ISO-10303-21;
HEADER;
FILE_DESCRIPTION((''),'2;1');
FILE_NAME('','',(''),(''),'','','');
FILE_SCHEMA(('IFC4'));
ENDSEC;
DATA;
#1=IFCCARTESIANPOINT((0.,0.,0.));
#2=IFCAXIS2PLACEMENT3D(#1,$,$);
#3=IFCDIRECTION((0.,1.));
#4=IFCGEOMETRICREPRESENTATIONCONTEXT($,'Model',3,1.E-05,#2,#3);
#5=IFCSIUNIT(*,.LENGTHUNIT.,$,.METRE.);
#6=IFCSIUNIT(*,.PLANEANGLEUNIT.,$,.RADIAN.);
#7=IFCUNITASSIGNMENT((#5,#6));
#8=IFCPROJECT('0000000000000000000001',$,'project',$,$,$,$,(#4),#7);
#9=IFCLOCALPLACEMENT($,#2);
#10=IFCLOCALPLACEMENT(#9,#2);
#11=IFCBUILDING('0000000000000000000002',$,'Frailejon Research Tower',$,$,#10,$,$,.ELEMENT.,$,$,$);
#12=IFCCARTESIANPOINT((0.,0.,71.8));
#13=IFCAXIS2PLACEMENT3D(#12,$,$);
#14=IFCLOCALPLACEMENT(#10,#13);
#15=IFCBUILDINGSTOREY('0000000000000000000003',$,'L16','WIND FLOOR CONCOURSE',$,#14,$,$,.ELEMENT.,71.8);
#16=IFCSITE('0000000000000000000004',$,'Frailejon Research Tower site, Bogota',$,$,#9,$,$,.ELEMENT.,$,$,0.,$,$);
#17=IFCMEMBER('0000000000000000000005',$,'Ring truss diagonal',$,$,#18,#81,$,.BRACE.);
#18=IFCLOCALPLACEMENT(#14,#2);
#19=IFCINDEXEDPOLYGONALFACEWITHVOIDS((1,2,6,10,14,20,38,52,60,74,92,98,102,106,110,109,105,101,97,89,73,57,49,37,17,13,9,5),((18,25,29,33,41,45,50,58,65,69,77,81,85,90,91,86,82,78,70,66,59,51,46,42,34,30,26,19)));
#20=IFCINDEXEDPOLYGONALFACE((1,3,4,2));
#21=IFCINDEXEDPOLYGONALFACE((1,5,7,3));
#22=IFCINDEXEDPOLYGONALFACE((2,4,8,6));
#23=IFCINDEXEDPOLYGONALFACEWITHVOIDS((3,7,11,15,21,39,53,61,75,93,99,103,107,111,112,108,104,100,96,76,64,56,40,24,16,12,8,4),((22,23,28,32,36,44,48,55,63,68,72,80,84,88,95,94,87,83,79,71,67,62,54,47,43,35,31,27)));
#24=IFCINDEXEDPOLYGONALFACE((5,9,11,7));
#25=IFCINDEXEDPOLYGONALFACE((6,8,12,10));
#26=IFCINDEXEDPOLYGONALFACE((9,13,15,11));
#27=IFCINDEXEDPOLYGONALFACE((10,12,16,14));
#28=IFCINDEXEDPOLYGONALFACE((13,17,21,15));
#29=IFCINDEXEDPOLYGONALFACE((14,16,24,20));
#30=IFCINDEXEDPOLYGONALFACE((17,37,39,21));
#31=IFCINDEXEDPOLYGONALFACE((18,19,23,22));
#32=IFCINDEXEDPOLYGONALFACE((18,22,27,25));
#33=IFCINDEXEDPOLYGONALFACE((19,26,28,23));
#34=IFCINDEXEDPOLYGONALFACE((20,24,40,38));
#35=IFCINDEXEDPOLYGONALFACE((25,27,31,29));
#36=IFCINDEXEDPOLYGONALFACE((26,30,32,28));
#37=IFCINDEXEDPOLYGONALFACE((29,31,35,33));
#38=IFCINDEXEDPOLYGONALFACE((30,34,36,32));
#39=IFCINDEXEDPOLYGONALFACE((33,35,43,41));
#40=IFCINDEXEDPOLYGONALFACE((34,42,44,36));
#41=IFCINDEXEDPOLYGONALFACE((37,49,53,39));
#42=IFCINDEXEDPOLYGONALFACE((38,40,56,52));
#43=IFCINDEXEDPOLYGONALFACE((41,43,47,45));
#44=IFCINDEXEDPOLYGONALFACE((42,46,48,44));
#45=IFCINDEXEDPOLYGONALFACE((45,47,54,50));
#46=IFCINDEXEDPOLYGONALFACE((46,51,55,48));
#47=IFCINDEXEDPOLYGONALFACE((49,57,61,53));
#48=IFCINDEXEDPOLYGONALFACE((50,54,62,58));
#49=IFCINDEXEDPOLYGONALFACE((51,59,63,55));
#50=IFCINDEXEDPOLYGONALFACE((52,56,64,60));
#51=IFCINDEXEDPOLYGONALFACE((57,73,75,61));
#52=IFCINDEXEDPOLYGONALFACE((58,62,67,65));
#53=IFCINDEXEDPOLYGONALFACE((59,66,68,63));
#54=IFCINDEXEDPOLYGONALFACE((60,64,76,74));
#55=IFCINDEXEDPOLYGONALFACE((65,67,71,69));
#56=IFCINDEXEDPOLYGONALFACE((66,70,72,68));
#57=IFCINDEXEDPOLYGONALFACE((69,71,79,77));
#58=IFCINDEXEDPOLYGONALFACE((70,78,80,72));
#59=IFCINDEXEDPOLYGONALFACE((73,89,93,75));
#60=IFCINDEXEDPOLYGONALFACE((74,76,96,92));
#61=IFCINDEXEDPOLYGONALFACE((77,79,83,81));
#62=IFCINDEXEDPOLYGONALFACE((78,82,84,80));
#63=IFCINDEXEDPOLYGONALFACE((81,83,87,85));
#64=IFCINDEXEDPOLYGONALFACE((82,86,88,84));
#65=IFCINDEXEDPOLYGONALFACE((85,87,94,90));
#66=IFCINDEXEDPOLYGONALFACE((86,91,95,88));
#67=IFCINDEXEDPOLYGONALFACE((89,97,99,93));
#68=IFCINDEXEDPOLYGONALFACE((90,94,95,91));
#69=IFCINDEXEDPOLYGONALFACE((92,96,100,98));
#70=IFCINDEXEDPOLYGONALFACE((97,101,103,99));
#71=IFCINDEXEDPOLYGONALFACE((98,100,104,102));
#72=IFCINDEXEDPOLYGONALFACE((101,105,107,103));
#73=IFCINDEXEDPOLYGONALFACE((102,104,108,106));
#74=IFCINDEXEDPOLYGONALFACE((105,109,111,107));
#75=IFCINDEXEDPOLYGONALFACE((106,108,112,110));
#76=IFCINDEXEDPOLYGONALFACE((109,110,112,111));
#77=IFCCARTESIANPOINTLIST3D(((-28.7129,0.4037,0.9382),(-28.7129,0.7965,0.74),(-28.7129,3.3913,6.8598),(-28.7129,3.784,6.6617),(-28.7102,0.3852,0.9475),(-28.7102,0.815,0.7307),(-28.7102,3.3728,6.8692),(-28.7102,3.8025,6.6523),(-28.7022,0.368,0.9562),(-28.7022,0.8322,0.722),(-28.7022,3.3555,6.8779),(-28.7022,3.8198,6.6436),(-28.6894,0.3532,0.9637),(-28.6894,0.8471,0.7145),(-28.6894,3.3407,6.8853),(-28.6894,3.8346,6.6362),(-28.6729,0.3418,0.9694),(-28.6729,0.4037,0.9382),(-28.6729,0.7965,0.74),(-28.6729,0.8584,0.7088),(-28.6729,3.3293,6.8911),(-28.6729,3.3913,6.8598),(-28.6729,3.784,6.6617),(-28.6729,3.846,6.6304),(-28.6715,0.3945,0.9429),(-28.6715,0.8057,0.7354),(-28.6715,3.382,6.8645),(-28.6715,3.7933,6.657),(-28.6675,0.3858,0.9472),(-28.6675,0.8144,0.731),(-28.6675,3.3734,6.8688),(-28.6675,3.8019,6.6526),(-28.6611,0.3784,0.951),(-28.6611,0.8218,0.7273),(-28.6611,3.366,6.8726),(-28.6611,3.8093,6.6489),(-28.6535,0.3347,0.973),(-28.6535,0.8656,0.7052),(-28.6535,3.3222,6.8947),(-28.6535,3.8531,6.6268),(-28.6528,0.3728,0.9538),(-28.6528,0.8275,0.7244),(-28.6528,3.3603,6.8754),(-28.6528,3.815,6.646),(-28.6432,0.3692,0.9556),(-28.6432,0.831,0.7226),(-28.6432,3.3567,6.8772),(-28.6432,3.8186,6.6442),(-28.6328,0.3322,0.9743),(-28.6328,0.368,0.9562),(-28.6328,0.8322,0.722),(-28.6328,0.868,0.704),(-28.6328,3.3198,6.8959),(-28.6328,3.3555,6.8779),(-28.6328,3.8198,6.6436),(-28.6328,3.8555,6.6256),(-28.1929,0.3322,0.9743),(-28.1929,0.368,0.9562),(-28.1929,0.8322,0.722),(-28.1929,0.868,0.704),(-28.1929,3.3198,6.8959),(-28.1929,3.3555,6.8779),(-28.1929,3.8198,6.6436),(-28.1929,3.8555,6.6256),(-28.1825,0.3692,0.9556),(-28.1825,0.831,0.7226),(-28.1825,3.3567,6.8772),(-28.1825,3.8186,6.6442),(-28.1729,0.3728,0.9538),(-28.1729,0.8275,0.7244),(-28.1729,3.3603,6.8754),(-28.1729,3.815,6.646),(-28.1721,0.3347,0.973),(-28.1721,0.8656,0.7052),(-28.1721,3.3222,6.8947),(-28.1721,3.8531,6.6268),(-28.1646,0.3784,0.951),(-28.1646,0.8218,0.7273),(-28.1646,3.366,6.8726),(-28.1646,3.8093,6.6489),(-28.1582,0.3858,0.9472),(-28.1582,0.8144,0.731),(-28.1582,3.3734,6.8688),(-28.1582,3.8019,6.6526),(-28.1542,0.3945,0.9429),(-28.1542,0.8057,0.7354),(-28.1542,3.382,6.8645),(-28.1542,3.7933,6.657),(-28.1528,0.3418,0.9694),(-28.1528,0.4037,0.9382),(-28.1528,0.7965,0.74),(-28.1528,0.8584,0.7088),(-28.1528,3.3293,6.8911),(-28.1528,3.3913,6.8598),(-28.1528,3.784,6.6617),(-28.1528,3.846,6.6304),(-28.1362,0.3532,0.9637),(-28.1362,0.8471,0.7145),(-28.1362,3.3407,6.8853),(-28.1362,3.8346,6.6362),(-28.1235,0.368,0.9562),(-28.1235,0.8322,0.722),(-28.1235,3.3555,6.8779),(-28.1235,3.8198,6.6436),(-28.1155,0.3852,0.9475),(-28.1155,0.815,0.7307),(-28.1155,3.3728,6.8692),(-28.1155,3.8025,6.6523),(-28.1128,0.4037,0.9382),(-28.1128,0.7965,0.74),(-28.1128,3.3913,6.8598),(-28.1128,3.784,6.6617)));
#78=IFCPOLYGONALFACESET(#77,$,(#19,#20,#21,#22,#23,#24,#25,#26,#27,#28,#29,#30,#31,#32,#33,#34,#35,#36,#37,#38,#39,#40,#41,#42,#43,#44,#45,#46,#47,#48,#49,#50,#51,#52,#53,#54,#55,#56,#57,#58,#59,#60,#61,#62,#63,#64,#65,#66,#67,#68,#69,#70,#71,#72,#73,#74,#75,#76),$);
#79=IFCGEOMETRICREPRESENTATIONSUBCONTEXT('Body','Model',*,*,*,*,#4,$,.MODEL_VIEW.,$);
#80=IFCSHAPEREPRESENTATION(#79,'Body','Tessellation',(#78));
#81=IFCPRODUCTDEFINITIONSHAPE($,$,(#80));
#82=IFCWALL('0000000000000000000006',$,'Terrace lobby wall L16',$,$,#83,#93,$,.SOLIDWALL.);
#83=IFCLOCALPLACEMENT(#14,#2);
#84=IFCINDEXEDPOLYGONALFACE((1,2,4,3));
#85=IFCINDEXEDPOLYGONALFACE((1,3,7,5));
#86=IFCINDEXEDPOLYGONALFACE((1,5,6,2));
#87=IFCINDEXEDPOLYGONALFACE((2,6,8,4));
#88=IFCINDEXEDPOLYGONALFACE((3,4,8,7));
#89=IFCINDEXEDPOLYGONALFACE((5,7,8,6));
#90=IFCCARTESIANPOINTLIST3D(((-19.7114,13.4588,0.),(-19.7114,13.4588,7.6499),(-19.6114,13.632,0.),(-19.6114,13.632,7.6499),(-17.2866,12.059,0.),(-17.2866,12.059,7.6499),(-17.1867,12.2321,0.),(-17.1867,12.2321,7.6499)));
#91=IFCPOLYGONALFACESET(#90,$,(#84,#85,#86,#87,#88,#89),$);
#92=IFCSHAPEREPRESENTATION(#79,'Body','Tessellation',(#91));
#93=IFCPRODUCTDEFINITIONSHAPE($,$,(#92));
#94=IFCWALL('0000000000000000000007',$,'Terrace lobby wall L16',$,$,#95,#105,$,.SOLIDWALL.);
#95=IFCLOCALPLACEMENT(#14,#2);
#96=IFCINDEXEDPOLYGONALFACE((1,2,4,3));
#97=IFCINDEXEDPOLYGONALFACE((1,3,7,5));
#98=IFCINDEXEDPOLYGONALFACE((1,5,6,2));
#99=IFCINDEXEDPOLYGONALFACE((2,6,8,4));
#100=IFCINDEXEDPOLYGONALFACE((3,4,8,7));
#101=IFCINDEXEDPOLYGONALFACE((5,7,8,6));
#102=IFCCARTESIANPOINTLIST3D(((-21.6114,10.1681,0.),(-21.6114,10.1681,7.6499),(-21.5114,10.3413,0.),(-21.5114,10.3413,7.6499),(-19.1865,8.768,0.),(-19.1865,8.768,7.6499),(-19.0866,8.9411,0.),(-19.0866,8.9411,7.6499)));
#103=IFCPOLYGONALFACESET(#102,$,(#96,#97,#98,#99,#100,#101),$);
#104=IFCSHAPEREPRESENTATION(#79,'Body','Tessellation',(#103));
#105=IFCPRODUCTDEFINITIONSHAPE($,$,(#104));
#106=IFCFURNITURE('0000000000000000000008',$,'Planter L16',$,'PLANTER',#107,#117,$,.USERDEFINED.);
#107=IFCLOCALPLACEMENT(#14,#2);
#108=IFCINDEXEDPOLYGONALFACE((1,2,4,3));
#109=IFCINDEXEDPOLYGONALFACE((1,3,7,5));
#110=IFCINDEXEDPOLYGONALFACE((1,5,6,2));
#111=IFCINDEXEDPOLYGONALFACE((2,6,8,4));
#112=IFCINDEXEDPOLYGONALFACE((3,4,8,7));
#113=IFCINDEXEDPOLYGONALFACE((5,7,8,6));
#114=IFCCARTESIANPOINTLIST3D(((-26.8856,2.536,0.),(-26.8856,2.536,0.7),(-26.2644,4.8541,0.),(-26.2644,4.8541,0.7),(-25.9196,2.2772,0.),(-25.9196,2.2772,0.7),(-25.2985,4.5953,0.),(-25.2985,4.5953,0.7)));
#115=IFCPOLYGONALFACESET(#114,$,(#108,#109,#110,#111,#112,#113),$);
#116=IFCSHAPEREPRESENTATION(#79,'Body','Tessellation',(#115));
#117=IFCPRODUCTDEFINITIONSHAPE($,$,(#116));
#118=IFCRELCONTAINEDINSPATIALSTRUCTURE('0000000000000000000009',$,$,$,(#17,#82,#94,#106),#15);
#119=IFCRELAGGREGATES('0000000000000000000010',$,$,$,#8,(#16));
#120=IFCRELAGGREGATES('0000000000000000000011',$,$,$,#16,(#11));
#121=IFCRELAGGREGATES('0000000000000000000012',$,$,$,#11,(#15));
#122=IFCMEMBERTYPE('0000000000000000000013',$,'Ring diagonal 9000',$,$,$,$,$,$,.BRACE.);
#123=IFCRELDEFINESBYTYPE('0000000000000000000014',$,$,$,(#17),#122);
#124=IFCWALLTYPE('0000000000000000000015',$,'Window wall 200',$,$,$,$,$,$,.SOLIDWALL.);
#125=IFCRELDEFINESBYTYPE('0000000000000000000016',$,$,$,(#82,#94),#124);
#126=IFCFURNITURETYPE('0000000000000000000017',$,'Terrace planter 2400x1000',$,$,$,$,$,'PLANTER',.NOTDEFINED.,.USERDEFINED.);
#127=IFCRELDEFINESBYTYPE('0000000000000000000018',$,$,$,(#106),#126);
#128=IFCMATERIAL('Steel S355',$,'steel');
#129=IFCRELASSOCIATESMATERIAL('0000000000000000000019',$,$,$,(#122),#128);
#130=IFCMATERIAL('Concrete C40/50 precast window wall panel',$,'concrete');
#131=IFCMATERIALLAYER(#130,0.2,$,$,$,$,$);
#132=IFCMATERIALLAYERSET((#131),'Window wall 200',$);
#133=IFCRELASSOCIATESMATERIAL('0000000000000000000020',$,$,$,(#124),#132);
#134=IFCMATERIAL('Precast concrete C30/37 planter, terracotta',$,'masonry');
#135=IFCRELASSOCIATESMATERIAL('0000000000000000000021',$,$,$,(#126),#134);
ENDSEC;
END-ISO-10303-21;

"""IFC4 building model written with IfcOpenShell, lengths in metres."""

from ifc_helpers import new_model, si_unit, direction, frame, frame_2d, origin, origin_2d, place, context, subcontext, project, spatial, rectangle, hollow_rectangle, extrude, material, layer, layer_set, material_profile, profile_set, type_object, element, save


model = new_model("IFC4")

# Units and contexts
model_context = context("Model", 3, precision=1e-05, world=origin(), true_north=direction((0.0, 1.0)))
body_context = subcontext(model_context, "Body", "Model", "MODEL_VIEW")
ifc_project = project(units=[si_unit("LENGTHUNIT", "METRE"), si_unit("PLANEANGLEUNIT", "RADIAN")], contexts=[model_context])

# Site, building, storey
site_placement = place(None, origin())
site = spatial("IfcSite", under=ifc_project, at=site_placement, Name="Frailejon Research Tower site, Bogota", CompositionType="ELEMENT", RefElevation=0.0)
building_placement = place(site_placement, origin())
building = spatial("IfcBuilding", under=site, at=building_placement, Name="Frailejon Research Tower", CompositionType="ELEMENT")
storey_placement = place(building_placement, frame((0.0, 0.0, 71.8)))
storey = spatial("IfcBuildingStorey", under=building, at=storey_placement, Name="L16", Description="WIND FLOOR CONCOURSE", CompositionType="ELEMENT", Elevation=71.8)

# Member
ifc_material_1 = material(Name="Steel S355", Category="steel")
ifc_material_profile_1 = material_profile(ifc_material_1, hollow_rectangle(XDim=0.6001, YDim=0.6001, WallThickness=0.04, InnerFilletRadius=0.04, OuterFilletRadius=0.0801, at=origin_2d()), Name="Ring diagonal 9000")
ifc_profile_set_1 = profile_set([ifc_material_profile_1], Name="Steel S355")
member_type = type_object("IfcMemberType", Name="Ring diagonal 9000", PredefinedType="BRACE", material=ifc_profile_set_1)
member_1_placement = place(storey_placement, frame((-28.4128, 3.5876, 6.7607), z_axis=(0.0, -0.450435, -0.892809), x_axis=(1.0, 0.0, 0.0)))
element("IfcMember", 1, at=member_1_placement, inside=storey, type_object=member_type, Name="Ring truss diagonal", PredefinedType="BRACE", context=body_context, shape_type="SweptSolid", body=[
    extrude(hollow_rectangle(XDim=0.6001, YDim=0.6001, WallThickness=0.04, InnerFilletRadius=0.04, OuterFilletRadius=0.0801, at=origin_2d()), origin(), (0.0, 0.0, 1.0), 6.6326),
])

# Shared definitions
ifc_material_2 = material(Name="Concrete C40/50 precast window wall panel", Category="concrete")
ifc_layer = layer(ifc_material_2, 0.2)
ifc_layer_set = layer_set([ifc_layer], Name="Window wall 200")
wall_type = type_object("IfcWallType", Name="Window wall 200", PredefinedType="SOLIDWALL", material=ifc_layer_set)

# Walls
wall_1_placement = place(storey_placement, frame((-19.6614, 13.5454, 0.0), z_axis=(0.0, 0.0, 1.0), x_axis=(0.866035, -0.499984, 0.0)))
element("IfcWall", 2, at=wall_1_placement, inside=storey, type_object=wall_type, Name="Terrace lobby wall L16", PredefinedType="SOLIDWALL", context=body_context, shape_type="SweptSolid", body=[
    extrude(rectangle(XDim=2.7998, YDim=0.2, at=frame_2d((1.3999, 0.0))), origin(), (0.0, 0.0, 1.0), 7.6499),
])
wall_2_placement = place(storey_placement, frame((-21.5613, 10.2546, 0.0), z_axis=(0.0, 0.0, 1.0), x_axis=(0.865997, -0.50005, 0.0)))
element("IfcWall", 3, at=wall_2_placement, inside=storey, type_object=wall_type, Name="Terrace lobby wall L16", PredefinedType="SOLIDWALL", context=body_context, shape_type="SweptSolid", body=[
    extrude(rectangle(XDim=2.8, YDim=0.2, at=frame_2d((1.3999, 0.0))), origin(), (0.0, 0.0, 1.0), 7.6499),
])

# Furniture
ifc_material_3 = material(Name="Precast concrete C30/37 planter, terracotta", Category="masonry")
furniture_type = type_object("IfcFurnitureType", Name="Terrace planter 2400x1000", ElementType="PLANTER", AssemblyPlace="NOTDEFINED", PredefinedType="USERDEFINED", material=ifc_material_3)
furniture_placement = place(storey_placement, frame((-26.092, 3.5657, 0.0), z_axis=(0.0, 0.0, 1.0), x_axis=(-0.258819, -0.965926, 0.0)))
element("IfcFurniture", 4, at=furniture_placement, inside=storey, type_object=furniture_type, Name="Planter L16", ObjectType="PLANTER", PredefinedType="USERDEFINED", context=body_context, shape_type="SweptSolid", body=[
    extrude(rectangle(XDim=2.3999, YDim=1.0, at=origin_2d()), origin(), (0.0, 0.0, 1.0), 0.7),
])

save(model, "model.ifc")
